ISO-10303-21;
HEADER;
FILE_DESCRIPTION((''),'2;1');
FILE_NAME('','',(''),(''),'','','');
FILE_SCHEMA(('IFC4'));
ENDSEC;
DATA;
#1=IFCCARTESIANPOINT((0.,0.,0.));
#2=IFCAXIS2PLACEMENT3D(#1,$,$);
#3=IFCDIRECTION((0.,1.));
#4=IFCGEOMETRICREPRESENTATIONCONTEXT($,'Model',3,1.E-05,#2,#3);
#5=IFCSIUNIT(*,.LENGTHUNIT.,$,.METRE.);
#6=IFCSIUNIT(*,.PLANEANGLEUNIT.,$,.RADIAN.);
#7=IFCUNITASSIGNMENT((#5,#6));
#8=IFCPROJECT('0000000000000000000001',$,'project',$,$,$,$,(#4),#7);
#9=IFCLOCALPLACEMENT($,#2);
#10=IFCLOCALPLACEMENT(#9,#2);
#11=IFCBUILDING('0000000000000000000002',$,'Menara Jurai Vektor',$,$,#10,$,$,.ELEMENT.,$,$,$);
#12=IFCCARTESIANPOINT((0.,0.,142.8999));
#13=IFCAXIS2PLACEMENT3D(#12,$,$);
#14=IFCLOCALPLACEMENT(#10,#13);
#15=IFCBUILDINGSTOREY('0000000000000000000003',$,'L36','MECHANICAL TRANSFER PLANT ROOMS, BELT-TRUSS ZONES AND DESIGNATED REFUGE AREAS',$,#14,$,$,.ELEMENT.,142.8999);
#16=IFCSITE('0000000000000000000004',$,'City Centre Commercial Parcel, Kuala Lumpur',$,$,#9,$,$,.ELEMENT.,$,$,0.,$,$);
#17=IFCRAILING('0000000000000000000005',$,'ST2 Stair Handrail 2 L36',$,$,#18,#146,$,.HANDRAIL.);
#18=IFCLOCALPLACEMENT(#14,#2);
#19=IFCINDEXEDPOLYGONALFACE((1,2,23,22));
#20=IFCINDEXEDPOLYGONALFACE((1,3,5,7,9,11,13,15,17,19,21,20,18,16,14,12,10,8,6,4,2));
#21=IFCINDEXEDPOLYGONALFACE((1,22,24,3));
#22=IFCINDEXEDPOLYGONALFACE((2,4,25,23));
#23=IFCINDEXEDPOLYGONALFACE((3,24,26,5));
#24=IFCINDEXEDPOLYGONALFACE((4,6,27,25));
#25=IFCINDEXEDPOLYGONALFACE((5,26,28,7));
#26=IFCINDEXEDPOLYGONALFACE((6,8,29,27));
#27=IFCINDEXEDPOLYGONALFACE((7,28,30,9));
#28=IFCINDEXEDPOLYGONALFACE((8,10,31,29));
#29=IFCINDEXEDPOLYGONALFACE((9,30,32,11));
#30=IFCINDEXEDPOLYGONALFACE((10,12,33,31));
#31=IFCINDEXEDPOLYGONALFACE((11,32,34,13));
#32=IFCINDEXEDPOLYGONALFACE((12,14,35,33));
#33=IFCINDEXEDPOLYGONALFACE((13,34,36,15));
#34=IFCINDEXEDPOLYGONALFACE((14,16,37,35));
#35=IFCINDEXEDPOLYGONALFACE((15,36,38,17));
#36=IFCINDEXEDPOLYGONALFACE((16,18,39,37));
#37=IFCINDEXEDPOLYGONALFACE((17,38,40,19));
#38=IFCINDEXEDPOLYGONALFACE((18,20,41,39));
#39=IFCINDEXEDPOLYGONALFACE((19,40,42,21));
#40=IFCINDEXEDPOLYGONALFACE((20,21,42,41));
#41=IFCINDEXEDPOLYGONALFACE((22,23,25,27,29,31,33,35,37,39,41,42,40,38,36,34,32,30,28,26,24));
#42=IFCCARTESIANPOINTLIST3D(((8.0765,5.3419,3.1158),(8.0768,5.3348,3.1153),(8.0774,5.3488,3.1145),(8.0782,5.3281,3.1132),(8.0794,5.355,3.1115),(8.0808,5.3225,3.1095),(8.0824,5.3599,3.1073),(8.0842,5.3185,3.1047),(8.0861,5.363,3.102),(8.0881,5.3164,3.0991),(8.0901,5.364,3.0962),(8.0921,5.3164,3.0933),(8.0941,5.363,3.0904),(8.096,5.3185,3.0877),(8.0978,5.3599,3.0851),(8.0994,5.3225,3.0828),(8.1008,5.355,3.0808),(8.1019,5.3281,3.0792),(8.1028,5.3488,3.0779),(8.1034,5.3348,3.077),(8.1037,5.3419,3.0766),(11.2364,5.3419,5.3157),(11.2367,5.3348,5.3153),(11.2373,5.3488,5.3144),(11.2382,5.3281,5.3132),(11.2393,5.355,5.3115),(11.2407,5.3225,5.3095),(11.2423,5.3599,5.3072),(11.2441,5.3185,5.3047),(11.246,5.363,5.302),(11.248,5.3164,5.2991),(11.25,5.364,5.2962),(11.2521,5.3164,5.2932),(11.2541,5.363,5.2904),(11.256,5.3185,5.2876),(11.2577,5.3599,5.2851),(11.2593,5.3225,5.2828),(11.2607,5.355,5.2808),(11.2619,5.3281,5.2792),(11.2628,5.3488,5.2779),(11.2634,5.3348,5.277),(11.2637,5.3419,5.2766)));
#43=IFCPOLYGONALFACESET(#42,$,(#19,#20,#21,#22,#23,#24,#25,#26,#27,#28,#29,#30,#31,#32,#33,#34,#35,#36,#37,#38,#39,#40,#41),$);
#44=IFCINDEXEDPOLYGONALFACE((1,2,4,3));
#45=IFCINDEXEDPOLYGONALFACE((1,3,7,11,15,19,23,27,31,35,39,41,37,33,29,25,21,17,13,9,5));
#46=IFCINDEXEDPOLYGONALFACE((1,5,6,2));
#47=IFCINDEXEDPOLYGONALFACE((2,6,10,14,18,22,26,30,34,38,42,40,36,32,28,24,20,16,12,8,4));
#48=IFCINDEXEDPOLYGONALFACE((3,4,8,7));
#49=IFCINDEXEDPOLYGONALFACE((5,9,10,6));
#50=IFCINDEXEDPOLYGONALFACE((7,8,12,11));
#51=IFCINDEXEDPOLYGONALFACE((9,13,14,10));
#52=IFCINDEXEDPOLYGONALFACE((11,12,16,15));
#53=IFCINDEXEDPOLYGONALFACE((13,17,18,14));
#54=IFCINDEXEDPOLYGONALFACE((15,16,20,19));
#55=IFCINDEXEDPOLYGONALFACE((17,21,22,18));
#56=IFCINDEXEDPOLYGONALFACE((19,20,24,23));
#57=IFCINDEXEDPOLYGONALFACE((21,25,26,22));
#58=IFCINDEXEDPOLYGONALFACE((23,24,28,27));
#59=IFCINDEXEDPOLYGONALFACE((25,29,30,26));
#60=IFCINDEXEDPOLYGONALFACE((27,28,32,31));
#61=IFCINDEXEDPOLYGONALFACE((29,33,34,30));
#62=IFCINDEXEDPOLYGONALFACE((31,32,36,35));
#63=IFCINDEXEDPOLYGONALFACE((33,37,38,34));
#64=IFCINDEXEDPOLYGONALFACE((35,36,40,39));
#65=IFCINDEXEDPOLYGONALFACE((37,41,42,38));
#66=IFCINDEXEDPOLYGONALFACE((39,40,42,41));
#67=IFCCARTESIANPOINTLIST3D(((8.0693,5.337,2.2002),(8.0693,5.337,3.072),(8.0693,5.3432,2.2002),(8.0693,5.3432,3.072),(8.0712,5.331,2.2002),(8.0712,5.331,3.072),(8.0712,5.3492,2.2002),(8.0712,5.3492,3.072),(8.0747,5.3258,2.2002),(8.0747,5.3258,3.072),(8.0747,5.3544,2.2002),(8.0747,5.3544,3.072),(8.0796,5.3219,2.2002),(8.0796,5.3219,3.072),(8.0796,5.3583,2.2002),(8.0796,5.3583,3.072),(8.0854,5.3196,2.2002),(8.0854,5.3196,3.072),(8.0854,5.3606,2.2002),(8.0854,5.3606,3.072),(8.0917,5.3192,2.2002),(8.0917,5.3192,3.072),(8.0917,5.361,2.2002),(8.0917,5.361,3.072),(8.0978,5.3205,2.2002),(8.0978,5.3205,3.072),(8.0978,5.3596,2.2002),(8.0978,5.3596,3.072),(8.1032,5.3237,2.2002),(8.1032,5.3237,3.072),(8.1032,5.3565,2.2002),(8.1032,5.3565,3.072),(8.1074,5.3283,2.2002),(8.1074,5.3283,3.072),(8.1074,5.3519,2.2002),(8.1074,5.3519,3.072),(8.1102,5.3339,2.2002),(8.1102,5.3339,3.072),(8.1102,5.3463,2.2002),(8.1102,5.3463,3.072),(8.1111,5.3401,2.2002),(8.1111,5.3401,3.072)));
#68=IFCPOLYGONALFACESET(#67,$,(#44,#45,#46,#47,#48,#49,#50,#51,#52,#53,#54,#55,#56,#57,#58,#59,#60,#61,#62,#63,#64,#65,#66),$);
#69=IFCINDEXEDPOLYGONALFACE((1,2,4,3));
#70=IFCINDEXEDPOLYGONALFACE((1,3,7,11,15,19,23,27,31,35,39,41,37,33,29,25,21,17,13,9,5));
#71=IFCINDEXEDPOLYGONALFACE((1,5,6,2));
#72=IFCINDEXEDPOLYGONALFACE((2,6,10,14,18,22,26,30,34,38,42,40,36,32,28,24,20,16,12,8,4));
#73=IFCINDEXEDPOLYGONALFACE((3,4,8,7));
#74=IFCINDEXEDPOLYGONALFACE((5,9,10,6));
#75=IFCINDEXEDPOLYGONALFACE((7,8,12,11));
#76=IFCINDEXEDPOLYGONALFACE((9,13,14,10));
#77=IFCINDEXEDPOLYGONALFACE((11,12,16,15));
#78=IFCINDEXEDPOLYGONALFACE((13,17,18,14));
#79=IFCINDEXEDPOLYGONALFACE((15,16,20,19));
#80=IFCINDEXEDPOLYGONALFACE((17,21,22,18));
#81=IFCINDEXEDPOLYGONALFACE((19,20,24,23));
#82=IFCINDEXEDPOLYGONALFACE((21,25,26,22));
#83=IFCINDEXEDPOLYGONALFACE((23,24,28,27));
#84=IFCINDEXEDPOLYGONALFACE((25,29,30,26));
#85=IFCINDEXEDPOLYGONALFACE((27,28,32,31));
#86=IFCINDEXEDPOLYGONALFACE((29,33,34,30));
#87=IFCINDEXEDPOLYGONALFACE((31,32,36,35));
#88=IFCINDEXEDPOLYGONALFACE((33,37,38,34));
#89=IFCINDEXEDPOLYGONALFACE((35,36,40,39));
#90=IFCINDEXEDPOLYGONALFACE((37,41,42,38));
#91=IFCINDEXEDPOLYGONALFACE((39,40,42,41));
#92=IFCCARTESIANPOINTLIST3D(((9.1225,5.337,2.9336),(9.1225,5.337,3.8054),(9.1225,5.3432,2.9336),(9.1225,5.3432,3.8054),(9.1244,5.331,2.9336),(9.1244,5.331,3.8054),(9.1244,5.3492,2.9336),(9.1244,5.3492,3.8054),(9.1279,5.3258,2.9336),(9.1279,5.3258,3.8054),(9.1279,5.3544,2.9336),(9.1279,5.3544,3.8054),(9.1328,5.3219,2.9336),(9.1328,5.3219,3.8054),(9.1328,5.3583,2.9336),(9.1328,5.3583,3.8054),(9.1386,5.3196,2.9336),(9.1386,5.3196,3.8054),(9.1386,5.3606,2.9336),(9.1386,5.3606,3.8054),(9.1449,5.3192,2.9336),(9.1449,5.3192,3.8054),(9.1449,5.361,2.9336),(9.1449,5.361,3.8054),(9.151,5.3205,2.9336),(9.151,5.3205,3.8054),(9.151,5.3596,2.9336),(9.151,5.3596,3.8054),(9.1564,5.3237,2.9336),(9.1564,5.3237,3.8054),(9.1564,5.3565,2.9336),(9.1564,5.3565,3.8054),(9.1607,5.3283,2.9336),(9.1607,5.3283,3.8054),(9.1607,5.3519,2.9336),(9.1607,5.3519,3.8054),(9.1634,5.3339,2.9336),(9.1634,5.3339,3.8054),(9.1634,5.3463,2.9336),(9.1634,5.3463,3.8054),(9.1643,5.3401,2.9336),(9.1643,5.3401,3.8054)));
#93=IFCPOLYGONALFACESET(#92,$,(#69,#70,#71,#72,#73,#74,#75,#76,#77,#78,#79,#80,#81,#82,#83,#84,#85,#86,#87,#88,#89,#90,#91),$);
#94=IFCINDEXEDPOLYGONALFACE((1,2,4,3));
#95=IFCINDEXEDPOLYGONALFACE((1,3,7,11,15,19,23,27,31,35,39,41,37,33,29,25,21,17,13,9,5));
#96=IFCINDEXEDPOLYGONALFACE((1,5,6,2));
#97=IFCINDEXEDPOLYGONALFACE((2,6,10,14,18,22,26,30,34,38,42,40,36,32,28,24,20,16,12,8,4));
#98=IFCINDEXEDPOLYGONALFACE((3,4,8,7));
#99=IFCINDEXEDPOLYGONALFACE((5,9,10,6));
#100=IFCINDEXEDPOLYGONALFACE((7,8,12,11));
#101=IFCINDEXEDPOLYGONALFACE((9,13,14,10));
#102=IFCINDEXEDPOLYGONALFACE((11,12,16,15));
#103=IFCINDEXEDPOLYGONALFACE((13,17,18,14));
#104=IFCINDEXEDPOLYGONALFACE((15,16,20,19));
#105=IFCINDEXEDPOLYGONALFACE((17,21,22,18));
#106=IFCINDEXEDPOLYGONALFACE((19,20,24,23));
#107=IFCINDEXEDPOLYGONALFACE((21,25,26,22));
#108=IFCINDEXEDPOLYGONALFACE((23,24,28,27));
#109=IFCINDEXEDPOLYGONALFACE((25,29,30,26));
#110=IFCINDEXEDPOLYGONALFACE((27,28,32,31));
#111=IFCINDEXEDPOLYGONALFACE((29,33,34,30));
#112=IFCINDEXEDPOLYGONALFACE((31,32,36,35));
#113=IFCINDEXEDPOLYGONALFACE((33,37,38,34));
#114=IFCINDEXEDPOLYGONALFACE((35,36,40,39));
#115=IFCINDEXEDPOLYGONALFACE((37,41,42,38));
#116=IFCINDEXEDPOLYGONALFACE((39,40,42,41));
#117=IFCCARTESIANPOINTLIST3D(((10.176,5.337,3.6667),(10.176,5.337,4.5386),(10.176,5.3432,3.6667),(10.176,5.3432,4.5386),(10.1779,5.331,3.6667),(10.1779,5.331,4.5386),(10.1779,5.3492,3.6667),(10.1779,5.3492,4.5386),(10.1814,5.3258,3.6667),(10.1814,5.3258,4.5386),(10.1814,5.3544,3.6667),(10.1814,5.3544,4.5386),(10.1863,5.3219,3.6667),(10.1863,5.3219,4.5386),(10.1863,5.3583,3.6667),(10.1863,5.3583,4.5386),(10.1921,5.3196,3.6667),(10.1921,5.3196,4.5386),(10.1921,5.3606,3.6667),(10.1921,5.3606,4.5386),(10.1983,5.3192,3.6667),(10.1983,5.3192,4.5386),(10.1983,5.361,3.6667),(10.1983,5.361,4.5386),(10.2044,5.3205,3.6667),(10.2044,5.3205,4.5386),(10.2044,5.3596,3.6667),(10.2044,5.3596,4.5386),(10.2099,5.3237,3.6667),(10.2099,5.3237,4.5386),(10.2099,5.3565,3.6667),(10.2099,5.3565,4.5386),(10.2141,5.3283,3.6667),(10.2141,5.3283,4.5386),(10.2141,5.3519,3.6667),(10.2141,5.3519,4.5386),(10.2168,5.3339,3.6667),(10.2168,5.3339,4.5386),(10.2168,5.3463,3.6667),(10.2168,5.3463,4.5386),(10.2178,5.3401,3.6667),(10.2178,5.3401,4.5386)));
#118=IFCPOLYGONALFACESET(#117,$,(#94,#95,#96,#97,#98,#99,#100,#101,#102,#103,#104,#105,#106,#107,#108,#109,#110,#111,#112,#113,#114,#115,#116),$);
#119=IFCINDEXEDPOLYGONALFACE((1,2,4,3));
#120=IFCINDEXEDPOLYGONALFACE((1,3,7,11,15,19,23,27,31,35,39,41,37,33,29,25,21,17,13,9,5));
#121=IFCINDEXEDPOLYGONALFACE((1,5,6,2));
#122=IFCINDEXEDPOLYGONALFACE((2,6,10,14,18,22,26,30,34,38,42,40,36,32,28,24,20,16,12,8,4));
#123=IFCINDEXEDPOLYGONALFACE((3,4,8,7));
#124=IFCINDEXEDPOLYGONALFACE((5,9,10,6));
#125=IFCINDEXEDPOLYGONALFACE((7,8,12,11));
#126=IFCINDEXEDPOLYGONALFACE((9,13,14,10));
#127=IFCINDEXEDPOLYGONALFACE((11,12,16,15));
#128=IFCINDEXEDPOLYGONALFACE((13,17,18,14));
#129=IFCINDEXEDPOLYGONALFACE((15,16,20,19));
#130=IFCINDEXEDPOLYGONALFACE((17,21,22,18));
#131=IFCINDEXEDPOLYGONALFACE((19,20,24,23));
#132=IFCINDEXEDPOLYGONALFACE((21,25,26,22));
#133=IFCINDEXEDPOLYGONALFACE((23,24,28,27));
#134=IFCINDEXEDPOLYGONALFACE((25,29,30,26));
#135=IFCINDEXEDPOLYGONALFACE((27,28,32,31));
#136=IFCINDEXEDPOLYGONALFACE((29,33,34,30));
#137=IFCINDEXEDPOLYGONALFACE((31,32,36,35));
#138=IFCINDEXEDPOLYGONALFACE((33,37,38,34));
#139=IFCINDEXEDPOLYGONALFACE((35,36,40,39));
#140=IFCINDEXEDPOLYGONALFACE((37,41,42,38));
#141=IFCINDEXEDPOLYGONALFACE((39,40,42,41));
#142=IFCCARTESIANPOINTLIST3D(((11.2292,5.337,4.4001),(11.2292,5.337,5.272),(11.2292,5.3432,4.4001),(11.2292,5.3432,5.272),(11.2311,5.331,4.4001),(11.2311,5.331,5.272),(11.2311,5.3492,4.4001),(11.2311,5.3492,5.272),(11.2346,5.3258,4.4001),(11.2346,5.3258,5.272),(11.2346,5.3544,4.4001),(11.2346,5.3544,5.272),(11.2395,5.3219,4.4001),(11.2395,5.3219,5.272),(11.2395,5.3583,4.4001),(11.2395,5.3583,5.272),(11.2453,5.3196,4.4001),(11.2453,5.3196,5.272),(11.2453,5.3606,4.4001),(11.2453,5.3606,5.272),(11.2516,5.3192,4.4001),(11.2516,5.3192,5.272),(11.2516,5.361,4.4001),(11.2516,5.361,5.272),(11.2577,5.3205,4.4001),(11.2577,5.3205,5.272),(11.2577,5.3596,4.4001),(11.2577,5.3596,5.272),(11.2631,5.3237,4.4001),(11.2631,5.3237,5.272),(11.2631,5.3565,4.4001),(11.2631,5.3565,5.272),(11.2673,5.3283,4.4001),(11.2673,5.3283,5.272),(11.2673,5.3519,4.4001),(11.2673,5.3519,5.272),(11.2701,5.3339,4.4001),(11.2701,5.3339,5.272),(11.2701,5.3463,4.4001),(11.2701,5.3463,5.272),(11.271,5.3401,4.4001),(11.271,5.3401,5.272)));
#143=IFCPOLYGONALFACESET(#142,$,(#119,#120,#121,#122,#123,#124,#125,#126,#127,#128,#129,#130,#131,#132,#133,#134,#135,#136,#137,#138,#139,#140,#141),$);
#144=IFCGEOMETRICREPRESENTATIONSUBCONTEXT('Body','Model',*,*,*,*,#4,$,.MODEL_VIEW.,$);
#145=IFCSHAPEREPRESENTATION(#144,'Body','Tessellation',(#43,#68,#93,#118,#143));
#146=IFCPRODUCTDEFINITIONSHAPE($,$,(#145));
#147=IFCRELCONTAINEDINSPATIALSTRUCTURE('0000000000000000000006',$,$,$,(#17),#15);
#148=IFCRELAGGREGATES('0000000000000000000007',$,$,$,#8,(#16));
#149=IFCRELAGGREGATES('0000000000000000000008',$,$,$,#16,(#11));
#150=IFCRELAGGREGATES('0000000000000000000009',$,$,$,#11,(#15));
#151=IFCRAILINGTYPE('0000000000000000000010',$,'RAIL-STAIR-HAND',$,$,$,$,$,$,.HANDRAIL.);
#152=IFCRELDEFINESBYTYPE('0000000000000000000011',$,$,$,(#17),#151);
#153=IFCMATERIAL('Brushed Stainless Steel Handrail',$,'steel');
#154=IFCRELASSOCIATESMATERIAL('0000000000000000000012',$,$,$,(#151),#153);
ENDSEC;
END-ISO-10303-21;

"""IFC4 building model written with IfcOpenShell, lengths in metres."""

from ifc_helpers import new_model, si_unit, direction, frame, origin, origin_2d, place, context, subcontext, project, spatial, circle, extrude, material, type_object, element, save


model = new_model("IFC4")

# Units and contexts
model_context = context("Model", 3, precision=1e-05, world=origin(), true_north=direction((0.0, 1.0)))
body_context = subcontext(model_context, "Body", "Model", "MODEL_VIEW")
ifc_project = project(units=[si_unit("LENGTHUNIT", "METRE"), si_unit("PLANEANGLEUNIT", "RADIAN")], contexts=[model_context])

# Site, building, storey
site_placement = place(None, origin())
site = spatial("IfcSite", under=ifc_project, at=site_placement, Name="City Centre Commercial Parcel, Kuala Lumpur", CompositionType="ELEMENT", RefElevation=0.0)
building_placement = place(site_placement, origin())
building = spatial("IfcBuilding", under=site, at=building_placement, Name="Menara Jurai Vektor", CompositionType="ELEMENT")
storey_placement = place(building_placement, frame((0.0, 0.0, 142.8999)))
storey = spatial("IfcBuildingStorey", under=building, at=storey_placement, Name="L36", Description="MECHANICAL TRANSFER PLANT ROOMS, BELT-TRUSS ZONES AND DESIGNATED REFUGE AREAS", CompositionType="ELEMENT", Elevation=142.8999)

# Railing
ifc_material_1 = material(Name="Brushed Stainless Steel Handrail", Category="steel")
railing_type_1 = type_object("IfcRailingType", Name="RAIL-STAIR-HAND", PredefinedType="HANDRAIL", material=ifc_material_1)
railing_1_placement = place(storey_placement, frame((8.0901, 5.3401, 2.2002)))
element("IfcRailing", 1, at=railing_1_placement, inside=storey, type_object=railing_type_1, Name="ST2 Stair Handrail 2 L36", PredefinedType="HANDRAIL", context=body_context, shape_type="SweptSolid", body=[
    extrude(circle(Radius=0.0239, at=origin_2d()), frame((0.0, 0.0, 0.896), z_axis=(0.820692, 0.0, 0.571371), x_axis=(0.0, 1.0, 0.0)), (0.0, 0.0, 1.0), 3.8503),
    extrude(circle(Radius=0.021, at=origin_2d()), origin(), (0.0, 0.0, 1.0), 0.8718),
    extrude(circle(Radius=0.021, at=origin_2d()), frame((1.0532, 0.0, 0.7334)), (0.0, 0.0, 1.0), 0.8718),
    extrude(circle(Radius=0.021, at=origin_2d()), frame((2.1067, 0.0, 1.4666)), (0.0, 0.0, 1.0), 0.8718),
    extrude(circle(Radius=0.021, at=origin_2d()), frame((3.1599, 0.0, 2.2)), (0.0, 0.0, 1.0), 0.8718),
])

save(model, "model.ifc")
